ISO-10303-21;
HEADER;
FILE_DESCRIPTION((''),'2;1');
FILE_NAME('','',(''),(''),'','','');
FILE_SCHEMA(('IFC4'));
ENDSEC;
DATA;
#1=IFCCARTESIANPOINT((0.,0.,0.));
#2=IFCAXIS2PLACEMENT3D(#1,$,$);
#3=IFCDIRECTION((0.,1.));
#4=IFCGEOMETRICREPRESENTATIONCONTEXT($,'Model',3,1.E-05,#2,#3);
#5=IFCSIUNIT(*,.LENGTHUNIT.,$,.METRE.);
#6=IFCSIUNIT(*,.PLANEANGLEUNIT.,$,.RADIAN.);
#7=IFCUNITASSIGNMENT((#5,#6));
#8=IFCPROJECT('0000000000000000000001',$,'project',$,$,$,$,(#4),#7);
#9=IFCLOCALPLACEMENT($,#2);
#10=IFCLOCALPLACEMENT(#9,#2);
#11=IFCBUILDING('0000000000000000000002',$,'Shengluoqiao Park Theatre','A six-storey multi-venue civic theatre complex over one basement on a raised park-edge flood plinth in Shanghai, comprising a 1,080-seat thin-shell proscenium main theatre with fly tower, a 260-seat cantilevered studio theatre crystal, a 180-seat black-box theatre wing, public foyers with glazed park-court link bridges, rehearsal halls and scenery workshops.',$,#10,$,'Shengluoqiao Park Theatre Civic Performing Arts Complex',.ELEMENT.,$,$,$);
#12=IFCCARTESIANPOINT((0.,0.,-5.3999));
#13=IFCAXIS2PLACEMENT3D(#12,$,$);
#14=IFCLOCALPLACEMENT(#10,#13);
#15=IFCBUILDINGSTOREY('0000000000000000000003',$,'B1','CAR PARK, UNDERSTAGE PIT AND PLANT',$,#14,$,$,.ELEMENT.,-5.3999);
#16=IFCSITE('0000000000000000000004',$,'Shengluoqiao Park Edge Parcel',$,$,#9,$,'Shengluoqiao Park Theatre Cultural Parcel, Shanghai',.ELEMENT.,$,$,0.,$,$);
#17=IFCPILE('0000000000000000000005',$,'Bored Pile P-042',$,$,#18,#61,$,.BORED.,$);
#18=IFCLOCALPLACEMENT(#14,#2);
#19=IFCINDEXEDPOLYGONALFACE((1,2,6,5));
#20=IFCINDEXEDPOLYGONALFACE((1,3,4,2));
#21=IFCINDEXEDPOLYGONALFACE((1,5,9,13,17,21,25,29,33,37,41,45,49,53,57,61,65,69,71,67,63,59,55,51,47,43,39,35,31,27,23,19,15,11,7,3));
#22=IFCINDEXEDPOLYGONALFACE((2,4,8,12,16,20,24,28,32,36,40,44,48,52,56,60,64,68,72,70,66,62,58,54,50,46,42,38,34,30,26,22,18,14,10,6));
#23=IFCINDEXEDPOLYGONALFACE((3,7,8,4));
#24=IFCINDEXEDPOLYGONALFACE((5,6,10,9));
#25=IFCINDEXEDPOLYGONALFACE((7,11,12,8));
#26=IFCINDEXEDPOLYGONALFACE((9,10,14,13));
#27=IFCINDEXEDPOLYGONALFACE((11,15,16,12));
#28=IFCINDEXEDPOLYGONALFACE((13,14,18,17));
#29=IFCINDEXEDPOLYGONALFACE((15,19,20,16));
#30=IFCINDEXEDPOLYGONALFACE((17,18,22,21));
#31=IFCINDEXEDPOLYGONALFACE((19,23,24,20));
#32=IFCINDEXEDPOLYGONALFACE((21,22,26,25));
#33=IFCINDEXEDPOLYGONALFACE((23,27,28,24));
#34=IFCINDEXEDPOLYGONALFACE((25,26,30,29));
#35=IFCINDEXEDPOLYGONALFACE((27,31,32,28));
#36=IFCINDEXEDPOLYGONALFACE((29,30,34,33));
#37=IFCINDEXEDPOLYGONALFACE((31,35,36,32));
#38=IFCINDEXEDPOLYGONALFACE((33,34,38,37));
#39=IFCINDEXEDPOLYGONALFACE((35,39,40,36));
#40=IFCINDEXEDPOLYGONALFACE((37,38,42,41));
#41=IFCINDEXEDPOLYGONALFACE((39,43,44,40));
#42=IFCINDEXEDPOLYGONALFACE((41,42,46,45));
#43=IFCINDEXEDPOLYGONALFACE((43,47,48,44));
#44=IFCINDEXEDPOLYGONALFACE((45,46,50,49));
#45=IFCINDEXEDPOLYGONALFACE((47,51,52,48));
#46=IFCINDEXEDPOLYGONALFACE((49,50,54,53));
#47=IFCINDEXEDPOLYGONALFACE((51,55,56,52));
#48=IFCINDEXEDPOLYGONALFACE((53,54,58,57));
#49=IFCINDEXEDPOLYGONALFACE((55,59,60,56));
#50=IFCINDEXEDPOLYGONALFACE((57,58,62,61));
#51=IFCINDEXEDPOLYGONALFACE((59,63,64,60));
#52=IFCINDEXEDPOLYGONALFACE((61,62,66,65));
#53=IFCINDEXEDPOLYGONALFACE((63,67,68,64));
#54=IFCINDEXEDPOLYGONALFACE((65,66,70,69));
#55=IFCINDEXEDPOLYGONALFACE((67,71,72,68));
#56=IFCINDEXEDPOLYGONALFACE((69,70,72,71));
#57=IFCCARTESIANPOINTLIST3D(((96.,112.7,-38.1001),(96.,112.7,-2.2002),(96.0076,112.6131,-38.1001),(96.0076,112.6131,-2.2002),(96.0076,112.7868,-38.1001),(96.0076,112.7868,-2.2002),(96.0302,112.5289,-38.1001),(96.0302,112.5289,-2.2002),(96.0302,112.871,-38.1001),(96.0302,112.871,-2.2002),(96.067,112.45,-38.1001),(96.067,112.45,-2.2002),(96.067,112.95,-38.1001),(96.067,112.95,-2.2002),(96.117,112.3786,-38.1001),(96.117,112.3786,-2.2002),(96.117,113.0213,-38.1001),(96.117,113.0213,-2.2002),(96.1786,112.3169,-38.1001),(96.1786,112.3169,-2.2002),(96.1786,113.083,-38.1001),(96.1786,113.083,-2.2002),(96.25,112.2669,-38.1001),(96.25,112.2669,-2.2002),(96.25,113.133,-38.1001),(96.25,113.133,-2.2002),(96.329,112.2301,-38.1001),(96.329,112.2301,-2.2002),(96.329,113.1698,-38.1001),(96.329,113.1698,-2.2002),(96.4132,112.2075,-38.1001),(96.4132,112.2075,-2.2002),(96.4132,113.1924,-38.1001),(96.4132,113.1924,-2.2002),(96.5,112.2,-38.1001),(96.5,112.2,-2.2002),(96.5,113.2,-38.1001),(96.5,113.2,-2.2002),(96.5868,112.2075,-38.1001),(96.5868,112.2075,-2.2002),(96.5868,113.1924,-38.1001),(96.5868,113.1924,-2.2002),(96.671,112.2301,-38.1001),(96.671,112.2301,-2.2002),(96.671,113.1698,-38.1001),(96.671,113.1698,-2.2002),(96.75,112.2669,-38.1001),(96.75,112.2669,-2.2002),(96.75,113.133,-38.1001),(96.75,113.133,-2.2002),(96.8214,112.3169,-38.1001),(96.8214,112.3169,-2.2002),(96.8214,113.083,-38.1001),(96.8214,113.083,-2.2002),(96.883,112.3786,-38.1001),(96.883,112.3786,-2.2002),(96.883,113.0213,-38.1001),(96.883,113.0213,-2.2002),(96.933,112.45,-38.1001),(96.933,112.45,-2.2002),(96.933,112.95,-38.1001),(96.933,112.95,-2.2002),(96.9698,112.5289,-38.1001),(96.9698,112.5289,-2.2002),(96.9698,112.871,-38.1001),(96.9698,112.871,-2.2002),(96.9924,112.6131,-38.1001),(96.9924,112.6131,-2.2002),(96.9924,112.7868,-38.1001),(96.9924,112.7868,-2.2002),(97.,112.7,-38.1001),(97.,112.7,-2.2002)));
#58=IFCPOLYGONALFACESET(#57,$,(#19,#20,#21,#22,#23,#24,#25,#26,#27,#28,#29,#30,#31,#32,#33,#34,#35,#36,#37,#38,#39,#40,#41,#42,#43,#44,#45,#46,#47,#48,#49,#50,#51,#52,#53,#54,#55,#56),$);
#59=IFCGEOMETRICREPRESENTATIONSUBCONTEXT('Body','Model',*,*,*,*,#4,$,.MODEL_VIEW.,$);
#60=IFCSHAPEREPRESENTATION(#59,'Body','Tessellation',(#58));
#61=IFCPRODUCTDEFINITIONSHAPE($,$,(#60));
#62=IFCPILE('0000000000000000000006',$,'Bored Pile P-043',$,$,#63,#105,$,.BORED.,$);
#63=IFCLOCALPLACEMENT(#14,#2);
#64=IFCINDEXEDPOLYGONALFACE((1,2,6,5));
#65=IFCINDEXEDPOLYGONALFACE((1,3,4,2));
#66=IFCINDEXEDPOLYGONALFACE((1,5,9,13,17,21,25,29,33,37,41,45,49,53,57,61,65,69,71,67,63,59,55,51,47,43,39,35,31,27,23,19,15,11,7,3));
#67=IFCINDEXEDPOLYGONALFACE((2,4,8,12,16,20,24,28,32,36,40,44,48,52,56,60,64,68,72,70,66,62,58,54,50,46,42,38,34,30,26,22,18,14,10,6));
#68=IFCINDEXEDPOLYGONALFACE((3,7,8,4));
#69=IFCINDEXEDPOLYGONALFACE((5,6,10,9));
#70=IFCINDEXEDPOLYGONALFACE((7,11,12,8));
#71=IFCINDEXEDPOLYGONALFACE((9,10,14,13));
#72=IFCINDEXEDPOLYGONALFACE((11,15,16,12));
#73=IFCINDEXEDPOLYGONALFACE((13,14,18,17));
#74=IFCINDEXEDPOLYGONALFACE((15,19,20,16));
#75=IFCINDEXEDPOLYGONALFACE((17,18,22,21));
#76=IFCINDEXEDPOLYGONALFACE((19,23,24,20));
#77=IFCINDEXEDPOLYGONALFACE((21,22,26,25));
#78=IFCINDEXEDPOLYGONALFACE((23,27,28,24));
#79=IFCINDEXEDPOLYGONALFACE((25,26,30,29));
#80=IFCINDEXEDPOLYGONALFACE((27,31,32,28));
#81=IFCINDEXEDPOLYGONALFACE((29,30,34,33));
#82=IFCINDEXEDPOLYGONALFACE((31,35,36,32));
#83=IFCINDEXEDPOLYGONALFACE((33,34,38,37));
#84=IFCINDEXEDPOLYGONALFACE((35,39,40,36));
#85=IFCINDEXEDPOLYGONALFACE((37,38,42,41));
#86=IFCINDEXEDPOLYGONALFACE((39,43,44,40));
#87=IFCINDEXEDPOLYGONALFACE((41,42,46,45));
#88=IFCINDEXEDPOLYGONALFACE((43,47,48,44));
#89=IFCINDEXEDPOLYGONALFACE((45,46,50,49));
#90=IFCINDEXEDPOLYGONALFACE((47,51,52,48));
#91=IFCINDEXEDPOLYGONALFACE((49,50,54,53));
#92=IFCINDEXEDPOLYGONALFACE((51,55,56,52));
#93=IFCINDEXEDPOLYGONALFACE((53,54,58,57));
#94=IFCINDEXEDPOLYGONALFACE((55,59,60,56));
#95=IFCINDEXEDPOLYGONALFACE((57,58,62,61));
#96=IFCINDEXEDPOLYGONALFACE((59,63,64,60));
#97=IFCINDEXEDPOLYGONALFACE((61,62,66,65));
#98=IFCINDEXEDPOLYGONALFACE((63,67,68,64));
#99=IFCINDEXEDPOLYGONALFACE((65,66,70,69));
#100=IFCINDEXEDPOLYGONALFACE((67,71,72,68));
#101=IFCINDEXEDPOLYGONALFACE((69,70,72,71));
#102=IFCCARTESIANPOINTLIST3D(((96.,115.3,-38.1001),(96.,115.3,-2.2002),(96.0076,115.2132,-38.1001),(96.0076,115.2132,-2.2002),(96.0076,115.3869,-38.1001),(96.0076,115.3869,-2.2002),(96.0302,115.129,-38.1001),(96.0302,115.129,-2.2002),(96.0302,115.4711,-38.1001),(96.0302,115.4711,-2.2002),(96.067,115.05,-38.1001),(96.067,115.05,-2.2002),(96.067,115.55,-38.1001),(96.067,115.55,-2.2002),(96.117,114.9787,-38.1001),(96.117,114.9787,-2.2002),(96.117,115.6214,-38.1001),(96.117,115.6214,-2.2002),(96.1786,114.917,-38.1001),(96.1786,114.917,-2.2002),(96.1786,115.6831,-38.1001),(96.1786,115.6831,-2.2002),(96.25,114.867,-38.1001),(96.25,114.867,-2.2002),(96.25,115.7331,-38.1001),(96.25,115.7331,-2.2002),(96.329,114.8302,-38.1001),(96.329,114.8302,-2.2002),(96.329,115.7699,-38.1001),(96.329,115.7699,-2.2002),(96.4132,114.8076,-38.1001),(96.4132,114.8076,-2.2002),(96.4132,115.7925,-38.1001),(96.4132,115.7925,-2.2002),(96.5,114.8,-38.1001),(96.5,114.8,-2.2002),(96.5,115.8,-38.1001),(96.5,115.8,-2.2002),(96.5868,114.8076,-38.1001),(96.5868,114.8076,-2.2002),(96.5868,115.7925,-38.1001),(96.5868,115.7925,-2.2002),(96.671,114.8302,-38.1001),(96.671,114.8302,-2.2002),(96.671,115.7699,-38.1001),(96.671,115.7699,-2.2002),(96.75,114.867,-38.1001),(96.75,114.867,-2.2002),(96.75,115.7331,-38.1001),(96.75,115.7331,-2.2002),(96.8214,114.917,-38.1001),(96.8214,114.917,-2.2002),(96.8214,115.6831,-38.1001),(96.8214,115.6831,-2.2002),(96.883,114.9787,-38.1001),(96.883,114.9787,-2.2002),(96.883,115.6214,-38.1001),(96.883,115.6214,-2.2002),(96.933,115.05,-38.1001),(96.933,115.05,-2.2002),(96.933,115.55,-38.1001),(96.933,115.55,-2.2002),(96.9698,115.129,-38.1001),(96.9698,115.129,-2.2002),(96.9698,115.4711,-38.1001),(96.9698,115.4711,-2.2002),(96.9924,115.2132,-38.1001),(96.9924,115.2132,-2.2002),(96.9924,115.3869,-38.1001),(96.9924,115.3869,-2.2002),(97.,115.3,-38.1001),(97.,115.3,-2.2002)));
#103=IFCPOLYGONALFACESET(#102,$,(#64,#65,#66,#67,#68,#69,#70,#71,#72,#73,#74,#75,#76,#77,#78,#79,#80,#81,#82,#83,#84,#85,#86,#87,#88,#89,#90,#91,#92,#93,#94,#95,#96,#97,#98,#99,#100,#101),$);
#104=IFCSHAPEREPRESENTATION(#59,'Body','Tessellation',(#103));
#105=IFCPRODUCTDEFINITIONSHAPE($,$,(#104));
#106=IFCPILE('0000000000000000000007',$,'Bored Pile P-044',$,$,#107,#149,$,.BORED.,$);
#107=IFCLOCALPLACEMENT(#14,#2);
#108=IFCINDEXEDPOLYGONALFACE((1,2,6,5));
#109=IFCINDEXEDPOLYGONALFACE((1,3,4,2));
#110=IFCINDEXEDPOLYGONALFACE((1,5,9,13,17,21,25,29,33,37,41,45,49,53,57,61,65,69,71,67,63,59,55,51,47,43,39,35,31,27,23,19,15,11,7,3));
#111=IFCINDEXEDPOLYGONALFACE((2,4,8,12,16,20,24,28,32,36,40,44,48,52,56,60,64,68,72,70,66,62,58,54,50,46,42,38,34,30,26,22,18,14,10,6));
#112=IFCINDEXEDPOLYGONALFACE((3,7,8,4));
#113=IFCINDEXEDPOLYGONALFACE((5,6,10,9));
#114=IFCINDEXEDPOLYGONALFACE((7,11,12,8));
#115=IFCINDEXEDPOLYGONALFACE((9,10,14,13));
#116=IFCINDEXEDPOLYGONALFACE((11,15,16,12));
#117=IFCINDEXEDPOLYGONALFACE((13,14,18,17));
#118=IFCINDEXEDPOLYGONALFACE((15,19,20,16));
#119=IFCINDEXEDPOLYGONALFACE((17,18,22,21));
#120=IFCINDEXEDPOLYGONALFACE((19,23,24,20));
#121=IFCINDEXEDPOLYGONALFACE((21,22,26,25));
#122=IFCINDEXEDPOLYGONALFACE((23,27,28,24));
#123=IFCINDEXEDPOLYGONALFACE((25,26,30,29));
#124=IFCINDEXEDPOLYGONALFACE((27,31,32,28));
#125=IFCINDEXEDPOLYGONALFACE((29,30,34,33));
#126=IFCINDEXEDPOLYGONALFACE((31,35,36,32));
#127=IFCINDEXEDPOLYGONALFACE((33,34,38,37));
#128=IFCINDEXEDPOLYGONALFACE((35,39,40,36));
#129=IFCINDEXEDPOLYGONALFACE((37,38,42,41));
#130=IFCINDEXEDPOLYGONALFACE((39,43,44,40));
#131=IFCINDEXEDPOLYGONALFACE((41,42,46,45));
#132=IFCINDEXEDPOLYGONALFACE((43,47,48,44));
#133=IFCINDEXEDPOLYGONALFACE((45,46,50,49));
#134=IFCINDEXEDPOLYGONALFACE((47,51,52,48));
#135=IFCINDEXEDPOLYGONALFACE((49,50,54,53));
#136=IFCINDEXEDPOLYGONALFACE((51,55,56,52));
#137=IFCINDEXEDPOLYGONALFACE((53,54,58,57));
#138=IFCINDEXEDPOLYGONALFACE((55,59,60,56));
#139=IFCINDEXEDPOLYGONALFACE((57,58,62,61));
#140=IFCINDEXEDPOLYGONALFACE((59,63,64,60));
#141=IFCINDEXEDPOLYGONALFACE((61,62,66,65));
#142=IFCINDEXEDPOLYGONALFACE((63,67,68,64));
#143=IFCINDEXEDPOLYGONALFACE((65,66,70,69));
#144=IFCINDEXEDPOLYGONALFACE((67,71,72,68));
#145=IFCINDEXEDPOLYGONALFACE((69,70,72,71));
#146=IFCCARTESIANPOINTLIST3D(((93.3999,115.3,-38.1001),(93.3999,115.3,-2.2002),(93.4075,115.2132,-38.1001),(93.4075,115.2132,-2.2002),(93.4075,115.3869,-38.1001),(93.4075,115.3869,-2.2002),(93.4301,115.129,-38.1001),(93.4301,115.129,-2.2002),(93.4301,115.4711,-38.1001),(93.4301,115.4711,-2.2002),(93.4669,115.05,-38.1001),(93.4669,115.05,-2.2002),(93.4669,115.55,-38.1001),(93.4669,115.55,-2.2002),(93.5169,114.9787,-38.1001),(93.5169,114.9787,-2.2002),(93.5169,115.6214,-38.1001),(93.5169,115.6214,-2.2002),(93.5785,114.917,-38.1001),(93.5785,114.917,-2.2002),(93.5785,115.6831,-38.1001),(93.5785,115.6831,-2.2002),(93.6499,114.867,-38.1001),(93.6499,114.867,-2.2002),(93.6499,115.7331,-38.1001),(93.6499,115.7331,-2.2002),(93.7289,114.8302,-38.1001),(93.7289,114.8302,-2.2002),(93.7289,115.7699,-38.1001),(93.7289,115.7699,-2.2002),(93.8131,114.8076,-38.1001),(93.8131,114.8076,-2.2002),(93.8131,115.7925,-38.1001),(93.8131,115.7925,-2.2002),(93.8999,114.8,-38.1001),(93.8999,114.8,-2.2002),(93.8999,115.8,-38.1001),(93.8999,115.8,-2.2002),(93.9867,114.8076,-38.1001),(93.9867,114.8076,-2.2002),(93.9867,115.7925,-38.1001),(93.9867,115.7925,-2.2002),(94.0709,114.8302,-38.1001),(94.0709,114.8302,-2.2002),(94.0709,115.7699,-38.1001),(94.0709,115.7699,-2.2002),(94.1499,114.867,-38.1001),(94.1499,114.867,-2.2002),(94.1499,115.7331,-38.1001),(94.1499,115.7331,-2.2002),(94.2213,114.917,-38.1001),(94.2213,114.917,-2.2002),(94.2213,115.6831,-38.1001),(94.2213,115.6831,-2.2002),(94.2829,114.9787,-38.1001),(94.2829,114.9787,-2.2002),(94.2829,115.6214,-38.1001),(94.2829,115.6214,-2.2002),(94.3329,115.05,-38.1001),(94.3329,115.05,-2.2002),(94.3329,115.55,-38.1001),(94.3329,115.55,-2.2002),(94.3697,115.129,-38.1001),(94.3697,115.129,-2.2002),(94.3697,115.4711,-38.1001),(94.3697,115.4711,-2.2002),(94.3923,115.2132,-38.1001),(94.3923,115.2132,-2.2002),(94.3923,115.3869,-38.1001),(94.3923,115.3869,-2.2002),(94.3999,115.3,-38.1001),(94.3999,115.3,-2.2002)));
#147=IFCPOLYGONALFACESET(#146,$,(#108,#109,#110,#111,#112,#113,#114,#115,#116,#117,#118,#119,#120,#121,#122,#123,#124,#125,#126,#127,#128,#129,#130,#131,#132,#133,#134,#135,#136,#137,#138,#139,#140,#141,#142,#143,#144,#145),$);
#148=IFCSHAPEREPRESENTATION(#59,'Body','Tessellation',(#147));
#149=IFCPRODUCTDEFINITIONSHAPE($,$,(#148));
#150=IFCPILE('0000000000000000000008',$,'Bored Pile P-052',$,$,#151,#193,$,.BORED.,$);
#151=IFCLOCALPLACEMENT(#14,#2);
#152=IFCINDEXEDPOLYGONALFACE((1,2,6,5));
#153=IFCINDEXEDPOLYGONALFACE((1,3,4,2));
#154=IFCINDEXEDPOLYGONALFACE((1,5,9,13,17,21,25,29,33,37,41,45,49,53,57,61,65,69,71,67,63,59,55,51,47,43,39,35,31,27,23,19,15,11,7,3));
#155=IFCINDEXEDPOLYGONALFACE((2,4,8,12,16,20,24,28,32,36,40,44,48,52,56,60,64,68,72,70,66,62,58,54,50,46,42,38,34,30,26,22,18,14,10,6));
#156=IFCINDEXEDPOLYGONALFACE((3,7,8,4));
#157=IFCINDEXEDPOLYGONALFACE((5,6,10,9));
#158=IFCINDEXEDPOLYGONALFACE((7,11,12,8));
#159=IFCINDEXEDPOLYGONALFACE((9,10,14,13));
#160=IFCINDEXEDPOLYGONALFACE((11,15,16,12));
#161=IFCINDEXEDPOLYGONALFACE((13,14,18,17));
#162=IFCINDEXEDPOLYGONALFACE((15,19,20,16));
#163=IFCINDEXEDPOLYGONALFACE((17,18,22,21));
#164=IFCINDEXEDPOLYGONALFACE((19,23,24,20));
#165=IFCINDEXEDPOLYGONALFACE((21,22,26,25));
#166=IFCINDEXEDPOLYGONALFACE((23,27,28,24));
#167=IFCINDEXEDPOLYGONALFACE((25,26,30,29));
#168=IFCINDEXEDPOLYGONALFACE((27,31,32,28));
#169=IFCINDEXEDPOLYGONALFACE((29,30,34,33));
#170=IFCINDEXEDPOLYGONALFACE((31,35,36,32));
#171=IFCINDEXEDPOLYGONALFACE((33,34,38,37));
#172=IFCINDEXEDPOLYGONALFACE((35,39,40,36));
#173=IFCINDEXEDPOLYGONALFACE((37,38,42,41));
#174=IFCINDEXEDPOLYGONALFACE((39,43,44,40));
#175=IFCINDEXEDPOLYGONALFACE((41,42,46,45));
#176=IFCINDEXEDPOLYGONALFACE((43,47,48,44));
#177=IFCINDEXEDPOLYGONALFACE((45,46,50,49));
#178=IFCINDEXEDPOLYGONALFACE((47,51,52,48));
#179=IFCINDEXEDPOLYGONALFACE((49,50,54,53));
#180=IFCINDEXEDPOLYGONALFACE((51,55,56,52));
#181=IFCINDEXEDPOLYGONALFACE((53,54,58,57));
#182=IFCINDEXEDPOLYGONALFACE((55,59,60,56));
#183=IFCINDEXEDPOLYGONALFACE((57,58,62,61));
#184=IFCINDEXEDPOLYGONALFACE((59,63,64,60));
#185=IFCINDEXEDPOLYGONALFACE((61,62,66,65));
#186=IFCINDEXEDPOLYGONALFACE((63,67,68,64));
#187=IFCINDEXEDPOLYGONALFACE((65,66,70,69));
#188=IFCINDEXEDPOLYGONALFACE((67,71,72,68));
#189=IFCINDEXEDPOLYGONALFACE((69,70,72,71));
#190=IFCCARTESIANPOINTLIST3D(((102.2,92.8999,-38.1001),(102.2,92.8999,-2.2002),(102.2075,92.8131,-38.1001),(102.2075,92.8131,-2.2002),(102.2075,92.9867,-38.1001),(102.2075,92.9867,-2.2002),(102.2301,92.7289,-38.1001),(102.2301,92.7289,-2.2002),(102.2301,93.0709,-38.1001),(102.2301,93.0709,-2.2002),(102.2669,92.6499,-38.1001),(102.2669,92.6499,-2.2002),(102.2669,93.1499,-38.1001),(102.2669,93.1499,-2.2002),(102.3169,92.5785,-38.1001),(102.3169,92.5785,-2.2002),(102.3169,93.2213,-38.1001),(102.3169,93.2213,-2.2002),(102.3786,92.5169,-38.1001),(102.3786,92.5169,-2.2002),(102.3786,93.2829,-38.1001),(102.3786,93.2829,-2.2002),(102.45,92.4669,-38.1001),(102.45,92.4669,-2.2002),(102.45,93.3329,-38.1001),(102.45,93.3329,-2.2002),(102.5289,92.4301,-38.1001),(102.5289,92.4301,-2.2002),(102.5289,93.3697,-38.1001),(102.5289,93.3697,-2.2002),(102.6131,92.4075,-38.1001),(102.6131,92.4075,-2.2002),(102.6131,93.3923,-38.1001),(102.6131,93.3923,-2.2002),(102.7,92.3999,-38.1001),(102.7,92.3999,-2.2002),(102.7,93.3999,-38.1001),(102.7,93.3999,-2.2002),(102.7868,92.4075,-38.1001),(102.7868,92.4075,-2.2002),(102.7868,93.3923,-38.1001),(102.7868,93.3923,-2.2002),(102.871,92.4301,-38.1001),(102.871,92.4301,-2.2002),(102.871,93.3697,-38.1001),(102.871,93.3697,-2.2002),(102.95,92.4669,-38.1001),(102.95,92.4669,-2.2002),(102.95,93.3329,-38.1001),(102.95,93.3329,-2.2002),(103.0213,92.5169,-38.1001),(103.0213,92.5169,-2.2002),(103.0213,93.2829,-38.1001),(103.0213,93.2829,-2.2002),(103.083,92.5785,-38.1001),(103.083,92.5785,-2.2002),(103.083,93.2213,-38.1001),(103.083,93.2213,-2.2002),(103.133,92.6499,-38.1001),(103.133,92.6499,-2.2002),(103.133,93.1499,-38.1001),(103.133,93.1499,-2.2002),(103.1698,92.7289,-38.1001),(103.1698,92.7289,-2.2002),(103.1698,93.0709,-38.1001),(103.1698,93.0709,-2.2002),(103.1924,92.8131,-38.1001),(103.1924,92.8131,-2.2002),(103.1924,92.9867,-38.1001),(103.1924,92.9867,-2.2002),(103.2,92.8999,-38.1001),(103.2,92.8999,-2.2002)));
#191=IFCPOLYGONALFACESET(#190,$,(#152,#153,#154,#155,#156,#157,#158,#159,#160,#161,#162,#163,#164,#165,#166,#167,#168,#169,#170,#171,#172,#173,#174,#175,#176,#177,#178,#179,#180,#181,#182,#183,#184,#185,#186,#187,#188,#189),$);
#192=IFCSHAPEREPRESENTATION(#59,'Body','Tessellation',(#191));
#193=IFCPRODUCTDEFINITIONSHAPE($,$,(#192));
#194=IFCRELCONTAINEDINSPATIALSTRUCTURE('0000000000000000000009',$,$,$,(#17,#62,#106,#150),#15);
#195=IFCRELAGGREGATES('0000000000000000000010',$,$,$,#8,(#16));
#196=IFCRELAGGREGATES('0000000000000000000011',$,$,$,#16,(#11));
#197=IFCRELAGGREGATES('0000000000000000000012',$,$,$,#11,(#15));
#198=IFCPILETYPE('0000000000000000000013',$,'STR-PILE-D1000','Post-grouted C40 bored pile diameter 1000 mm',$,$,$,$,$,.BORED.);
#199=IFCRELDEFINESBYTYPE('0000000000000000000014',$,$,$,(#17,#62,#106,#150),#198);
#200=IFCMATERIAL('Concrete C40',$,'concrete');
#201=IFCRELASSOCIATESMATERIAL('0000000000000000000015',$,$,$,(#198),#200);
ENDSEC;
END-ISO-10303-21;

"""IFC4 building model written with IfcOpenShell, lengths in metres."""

from ifc_helpers import new_model, si_unit, direction, frame, origin, origin_2d, place, context, subcontext, project, spatial, circle, extrude, material, material_profile, profile_set, type_object, element, save


model = new_model("IFC4")

# Units and contexts
model_context = context("Model", 3, precision=1e-05, world=origin(), true_north=direction((0.0, 1.0)))
body_context = subcontext(model_context, "Body", "Model", "MODEL_VIEW")
ifc_project = project(units=[si_unit("LENGTHUNIT", "METRE"), si_unit("PLANEANGLEUNIT", "RADIAN")], contexts=[model_context])

# Site, building, storey
site_placement = place(None, origin())
site = spatial("IfcSite", under=ifc_project, at=site_placement, Name="Shengluoqiao Park Edge Parcel", LongName="Shengluoqiao Park Theatre Cultural Parcel, Shanghai", CompositionType="ELEMENT", RefElevation=0.0)
building_placement = place(site_placement, origin())
building = spatial("IfcBuilding", under=site, at=building_placement, Name="Shengluoqiao Park Theatre", Description="A six-storey multi-venue civic theatre complex over one basement on a raised park-edge flood plinth in Shanghai, comprising a 1,080-seat thin-shell proscenium main theatre with fly tower, a 260-seat cantilevered studio theatre crystal, a 180-seat black-box theatre wing, public foyers with glazed park-court link bridges, rehearsal halls and scenery workshops.", LongName="Shengluoqiao Park Theatre Civic Performing Arts Complex", CompositionType="ELEMENT")
storey_placement = place(building_placement, frame((0.0, 0.0, -5.3999)))
storey = spatial("IfcBuildingStorey", under=building, at=storey_placement, Name="B1", Description="CAR PARK, UNDERSTAGE PIT AND PLANT", CompositionType="ELEMENT", Elevation=-5.3999)

# Shared definitions
ifc_material_1 = material(Name="Concrete C40", Category="concrete")

# Piles
ifc_material_profile_1 = material_profile(ifc_material_1, circle(Radius=0.5, at=origin_2d()), Name="BORED PILE D1000")
ifc_profile_set_1 = profile_set([ifc_material_profile_1], Name="Concrete C40")
pile_type = type_object("IfcPileType", Name="STR-PILE-D1000", Description="Post-grouted C40 bored pile diameter 1000 mm", PredefinedType="BORED", material=ifc_profile_set_1)
for number, where, z_axis, x_axis, name in (
    (1, (96.5, 112.7, -2.2002), (0.0, 0.0, -1.0), (1.0, 0.0, 0.0), "Bored Pile P-042"),
    (2, (96.5, 115.3, -2.2002), (0.0, 0.0, -1.0), (1.0, 0.0, 0.0), "Bored Pile P-043"),
    (3, (93.8999, 115.3, -2.2002), (0.0, 0.0, -1.0), (1.0, 0.0, 0.0), "Bored Pile P-044"),
    (4, (102.7, 92.8999, -2.2002), (0.0, 0.0, -1.0), (1.0, 0.0, 0.0), "Bored Pile P-052"),
):
    element("IfcPile", number, at=place(storey_placement, frame(where, z_axis=z_axis, x_axis=x_axis)), inside=storey, type_object=pile_type, Name=name, PredefinedType="BORED", context=body_context, shape_type="SweptSolid", body=[
        extrude(circle(Radius=0.5, at=origin_2d()), origin(), (0.0, 0.0, 1.0), 35.8999),
    ])

save(model, "model.ifc")
